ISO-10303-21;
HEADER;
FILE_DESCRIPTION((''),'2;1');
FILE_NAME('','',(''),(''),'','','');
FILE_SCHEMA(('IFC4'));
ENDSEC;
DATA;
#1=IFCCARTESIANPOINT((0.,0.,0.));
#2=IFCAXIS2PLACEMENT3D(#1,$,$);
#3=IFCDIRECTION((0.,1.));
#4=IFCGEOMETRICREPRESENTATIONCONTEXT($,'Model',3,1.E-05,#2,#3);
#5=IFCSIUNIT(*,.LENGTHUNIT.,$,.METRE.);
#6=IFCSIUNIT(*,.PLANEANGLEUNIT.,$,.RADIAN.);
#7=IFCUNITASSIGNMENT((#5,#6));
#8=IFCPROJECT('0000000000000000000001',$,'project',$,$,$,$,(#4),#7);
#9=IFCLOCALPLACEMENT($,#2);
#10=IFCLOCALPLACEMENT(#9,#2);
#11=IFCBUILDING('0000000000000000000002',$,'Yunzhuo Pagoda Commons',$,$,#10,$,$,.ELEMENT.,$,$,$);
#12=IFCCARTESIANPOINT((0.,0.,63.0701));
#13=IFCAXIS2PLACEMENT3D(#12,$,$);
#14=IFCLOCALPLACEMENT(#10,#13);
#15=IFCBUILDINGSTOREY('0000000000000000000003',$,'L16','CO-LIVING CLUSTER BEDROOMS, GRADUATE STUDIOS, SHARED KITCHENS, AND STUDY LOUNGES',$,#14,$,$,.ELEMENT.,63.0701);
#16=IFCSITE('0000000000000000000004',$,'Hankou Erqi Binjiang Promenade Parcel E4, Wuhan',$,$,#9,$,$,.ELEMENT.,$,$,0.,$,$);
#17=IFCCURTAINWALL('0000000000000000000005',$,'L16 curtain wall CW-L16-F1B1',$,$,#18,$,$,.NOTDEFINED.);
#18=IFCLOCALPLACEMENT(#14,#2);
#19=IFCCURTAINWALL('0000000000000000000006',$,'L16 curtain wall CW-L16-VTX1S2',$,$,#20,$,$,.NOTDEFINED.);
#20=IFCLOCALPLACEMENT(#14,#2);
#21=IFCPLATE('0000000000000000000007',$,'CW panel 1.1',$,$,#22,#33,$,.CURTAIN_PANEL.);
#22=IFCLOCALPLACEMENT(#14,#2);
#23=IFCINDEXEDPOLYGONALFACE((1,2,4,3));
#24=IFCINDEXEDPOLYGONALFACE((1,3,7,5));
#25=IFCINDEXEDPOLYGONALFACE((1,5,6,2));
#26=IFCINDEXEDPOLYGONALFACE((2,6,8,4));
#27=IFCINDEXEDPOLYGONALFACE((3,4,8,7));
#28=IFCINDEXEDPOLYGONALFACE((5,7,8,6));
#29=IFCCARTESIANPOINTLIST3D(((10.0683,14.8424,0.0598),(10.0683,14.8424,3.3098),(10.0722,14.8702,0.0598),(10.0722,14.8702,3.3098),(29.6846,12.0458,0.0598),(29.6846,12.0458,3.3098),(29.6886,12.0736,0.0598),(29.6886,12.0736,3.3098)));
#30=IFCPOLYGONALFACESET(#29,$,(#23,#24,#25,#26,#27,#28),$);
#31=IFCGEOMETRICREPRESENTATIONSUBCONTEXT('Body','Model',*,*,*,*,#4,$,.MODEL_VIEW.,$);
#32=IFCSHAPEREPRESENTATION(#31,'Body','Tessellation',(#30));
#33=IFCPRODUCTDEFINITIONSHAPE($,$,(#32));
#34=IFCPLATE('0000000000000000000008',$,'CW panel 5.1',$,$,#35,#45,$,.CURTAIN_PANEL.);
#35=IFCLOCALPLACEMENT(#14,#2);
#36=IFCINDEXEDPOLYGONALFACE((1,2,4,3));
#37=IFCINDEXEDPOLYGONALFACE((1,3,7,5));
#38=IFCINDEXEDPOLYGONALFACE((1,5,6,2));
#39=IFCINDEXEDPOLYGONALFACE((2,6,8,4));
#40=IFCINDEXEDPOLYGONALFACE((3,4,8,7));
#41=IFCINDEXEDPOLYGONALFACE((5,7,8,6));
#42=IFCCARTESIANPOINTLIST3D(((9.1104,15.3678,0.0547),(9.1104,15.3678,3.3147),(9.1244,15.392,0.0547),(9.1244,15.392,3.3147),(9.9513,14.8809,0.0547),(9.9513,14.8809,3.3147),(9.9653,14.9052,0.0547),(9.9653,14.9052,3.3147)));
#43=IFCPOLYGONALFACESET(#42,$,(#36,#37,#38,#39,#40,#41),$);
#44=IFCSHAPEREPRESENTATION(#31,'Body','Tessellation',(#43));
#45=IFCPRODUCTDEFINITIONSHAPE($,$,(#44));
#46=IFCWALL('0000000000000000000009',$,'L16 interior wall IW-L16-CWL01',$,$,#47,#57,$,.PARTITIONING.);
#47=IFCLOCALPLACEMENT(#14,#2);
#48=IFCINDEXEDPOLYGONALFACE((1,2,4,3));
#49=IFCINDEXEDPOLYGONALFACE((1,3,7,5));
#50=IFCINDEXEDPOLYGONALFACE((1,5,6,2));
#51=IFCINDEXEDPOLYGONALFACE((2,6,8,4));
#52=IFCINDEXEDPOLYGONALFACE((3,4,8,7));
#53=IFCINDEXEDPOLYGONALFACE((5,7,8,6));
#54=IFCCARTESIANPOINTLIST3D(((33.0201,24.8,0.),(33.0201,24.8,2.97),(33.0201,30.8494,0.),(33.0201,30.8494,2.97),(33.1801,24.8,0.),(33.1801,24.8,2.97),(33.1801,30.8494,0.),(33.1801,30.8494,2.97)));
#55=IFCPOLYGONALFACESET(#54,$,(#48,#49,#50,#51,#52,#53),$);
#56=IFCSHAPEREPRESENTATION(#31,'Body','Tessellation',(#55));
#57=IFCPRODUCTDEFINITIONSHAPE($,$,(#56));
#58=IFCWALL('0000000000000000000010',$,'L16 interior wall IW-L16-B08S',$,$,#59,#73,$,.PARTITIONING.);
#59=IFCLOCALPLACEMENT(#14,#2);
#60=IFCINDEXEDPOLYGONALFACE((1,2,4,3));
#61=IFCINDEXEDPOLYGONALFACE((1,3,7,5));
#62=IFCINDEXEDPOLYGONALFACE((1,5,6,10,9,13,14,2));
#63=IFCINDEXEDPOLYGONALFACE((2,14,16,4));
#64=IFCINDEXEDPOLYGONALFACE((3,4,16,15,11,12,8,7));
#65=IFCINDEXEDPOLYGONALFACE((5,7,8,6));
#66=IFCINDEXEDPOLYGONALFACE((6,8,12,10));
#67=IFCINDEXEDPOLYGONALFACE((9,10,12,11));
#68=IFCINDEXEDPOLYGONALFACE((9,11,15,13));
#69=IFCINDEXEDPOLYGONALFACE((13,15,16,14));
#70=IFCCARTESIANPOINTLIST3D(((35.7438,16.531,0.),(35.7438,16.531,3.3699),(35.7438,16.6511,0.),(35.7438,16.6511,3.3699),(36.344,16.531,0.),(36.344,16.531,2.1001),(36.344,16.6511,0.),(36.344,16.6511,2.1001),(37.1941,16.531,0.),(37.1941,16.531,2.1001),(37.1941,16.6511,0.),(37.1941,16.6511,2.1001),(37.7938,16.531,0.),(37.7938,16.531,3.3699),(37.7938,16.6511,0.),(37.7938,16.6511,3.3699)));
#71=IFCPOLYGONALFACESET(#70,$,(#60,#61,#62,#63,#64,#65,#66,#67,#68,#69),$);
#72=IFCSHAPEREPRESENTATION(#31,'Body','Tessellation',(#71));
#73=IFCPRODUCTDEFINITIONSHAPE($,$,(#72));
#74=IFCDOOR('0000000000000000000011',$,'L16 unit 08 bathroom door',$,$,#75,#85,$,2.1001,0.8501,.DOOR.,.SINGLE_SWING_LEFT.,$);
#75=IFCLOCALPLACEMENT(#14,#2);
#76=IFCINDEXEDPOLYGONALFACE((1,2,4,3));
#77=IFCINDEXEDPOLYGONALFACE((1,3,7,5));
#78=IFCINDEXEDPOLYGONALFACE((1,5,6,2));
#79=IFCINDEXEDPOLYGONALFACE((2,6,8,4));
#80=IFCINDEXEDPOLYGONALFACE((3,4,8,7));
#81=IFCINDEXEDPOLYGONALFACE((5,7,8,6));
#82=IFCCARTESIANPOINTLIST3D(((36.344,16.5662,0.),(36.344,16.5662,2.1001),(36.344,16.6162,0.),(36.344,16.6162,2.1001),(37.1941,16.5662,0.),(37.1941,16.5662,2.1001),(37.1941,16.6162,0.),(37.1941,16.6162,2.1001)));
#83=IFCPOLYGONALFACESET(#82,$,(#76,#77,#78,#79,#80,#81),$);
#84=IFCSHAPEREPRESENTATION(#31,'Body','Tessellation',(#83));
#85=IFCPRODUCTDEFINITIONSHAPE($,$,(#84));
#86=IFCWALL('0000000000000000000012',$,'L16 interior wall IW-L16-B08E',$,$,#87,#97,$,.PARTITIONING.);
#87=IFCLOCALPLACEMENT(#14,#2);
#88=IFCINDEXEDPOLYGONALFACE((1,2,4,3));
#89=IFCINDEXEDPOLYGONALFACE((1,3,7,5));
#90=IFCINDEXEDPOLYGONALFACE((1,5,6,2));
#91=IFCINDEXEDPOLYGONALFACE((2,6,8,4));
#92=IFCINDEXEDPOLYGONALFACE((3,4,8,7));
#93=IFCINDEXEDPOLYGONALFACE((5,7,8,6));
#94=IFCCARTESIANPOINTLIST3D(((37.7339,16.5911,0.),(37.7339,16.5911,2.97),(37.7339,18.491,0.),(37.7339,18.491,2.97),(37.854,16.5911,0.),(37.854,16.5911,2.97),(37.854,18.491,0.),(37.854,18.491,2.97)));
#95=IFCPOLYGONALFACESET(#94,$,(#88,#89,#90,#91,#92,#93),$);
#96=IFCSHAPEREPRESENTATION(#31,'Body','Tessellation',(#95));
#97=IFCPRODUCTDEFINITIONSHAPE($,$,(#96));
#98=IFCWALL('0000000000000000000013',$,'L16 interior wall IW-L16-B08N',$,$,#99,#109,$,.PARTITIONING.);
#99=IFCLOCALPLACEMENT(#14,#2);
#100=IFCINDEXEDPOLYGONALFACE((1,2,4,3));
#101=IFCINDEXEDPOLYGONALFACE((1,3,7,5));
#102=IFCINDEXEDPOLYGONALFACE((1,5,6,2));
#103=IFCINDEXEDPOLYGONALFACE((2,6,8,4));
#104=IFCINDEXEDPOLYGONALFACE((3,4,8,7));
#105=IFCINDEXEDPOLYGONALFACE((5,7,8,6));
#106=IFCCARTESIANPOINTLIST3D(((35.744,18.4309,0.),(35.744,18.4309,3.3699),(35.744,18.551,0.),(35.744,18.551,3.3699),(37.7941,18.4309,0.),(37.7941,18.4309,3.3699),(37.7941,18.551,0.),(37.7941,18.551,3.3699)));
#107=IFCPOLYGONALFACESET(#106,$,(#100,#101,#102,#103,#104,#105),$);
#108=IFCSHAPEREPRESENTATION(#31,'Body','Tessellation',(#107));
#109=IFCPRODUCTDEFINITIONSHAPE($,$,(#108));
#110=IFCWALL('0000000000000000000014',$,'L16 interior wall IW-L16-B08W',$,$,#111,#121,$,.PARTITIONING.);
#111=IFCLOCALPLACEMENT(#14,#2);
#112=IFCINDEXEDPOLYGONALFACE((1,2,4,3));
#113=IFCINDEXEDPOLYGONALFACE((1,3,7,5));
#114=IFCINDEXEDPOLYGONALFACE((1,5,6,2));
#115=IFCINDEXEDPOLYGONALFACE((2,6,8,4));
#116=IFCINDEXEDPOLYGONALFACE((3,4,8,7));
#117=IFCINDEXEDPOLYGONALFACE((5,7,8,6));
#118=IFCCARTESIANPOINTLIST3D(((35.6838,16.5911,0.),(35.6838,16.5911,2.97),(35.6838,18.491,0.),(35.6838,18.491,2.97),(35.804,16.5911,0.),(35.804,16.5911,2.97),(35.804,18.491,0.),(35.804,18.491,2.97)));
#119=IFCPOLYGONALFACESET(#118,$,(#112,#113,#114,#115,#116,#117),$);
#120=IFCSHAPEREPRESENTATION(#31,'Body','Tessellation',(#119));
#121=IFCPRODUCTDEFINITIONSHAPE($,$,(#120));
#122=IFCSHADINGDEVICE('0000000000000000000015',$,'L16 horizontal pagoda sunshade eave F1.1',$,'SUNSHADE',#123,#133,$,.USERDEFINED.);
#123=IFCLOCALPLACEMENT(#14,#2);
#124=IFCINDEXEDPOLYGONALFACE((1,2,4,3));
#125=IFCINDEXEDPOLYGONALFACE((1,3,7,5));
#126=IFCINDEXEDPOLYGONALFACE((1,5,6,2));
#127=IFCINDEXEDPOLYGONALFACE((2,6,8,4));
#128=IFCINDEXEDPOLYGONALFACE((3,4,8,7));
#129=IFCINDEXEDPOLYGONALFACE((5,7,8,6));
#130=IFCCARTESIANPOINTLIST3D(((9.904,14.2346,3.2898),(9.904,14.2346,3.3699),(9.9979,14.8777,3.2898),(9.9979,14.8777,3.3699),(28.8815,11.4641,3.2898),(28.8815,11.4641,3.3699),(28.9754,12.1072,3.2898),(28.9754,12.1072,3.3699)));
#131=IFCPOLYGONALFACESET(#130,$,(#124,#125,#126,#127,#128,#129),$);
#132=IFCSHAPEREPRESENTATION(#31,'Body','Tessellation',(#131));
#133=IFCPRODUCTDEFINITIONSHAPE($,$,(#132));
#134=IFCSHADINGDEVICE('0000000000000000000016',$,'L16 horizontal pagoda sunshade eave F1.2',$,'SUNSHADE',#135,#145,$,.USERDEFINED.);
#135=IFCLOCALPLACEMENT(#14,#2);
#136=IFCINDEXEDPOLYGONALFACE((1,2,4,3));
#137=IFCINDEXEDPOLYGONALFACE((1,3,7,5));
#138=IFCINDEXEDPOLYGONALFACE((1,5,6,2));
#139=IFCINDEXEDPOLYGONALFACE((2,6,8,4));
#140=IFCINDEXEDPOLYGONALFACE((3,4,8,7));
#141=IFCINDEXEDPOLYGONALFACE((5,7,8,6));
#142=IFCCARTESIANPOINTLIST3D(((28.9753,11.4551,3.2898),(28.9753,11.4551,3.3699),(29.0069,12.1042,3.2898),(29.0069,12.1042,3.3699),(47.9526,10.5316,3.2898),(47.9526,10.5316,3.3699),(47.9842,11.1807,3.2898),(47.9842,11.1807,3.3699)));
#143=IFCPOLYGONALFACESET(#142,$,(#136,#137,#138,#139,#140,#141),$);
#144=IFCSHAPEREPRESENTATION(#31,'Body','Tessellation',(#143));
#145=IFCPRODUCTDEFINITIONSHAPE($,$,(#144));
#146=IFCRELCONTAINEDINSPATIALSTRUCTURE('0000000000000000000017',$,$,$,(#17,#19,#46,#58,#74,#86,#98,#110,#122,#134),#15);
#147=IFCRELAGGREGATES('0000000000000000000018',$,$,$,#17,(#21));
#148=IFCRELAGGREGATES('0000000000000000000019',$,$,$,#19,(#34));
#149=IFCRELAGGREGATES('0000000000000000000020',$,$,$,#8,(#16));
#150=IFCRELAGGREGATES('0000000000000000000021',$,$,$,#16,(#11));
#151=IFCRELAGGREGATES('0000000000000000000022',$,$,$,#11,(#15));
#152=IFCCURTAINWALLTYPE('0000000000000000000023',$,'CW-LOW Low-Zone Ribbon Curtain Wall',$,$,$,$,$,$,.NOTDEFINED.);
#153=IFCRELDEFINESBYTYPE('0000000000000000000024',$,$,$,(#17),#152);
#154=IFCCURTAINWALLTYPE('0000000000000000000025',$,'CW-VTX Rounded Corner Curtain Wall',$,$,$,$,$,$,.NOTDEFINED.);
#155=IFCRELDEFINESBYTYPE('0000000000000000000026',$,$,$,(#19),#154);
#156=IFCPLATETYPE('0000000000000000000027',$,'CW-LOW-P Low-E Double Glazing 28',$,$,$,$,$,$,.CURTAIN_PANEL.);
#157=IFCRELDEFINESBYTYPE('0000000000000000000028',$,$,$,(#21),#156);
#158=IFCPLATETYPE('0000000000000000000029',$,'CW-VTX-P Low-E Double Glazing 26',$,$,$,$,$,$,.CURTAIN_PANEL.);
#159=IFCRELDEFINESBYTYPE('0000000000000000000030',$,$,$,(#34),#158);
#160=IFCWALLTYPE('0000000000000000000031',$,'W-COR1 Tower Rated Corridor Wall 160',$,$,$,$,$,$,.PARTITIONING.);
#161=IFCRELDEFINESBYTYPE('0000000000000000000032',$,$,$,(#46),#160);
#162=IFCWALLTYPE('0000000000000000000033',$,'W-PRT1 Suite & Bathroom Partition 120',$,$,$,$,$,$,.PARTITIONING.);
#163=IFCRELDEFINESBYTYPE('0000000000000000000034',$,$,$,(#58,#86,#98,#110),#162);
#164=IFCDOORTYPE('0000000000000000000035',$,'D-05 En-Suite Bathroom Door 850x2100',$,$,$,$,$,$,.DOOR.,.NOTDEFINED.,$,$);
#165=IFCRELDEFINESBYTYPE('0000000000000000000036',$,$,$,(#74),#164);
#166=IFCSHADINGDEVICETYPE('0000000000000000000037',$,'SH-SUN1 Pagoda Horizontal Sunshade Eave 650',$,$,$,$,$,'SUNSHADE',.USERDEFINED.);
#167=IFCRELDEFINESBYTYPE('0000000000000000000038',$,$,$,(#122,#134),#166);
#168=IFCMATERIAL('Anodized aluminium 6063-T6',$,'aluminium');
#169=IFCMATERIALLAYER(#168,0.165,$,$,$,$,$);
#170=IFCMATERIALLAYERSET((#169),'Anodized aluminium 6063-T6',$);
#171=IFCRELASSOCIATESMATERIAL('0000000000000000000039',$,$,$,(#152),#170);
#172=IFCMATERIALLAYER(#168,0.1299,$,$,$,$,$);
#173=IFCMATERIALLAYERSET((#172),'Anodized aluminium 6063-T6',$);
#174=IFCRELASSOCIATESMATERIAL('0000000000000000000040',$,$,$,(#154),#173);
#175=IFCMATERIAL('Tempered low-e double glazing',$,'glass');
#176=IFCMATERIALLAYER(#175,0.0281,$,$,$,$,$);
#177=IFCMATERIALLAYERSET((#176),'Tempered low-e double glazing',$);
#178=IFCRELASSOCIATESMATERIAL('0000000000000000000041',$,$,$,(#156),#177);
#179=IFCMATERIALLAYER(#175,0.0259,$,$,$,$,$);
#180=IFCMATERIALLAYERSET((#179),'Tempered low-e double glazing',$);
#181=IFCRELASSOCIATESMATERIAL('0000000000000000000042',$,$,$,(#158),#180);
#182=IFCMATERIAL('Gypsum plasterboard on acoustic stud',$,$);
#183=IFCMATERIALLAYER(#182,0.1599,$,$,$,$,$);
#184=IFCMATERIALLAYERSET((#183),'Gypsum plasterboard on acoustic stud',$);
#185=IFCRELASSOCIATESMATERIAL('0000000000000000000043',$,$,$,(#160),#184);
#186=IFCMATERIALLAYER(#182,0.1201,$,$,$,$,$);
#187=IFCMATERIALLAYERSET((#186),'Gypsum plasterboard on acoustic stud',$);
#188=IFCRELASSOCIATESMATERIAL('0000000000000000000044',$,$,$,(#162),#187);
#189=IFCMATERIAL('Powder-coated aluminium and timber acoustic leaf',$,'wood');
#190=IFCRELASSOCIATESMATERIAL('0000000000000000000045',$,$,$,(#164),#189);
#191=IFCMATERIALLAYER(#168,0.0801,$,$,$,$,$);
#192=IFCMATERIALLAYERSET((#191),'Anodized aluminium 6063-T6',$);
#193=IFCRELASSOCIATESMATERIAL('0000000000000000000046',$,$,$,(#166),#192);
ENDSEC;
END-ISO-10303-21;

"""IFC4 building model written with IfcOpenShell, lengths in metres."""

from ifc_helpers import new_model, si_unit, direction, frame, frame_2d, origin, origin_2d, place, context, subcontext, project, spatial, rectangle, extrude, source, transform, mapped, material, layer, layer_set, type_object, element, fill, aggregate, save


model = new_model("IFC4")

# Units and contexts
model_context = context("Model", 3, precision=1e-05, world=origin(), true_north=direction((0.0, 1.0)))
body_context = subcontext(model_context, "Body", "Model", "MODEL_VIEW")
ifc_project = project(units=[si_unit("LENGTHUNIT", "METRE"), si_unit("PLANEANGLEUNIT", "RADIAN")], contexts=[model_context])

# Site, building, storey
site_placement = place(None, origin())
site = spatial("IfcSite", under=ifc_project, at=site_placement, Name="Hankou Erqi Binjiang Promenade Parcel E4, Wuhan", CompositionType="ELEMENT", RefElevation=0.0)
building_placement = place(site_placement, origin())
building = spatial("IfcBuilding", under=site, at=building_placement, Name="Yunzhuo Pagoda Commons", CompositionType="ELEMENT")
storey_placement = place(building_placement, frame((0.0, 0.0, 63.0701)))
storey = spatial("IfcBuildingStorey", under=building, at=storey_placement, Name="L16", Description="CO-LIVING CLUSTER BEDROOMS, GRADUATE STUDIOS, SHARED KITCHENS, AND STUDY LOUNGES", CompositionType="ELEMENT", Elevation=63.0701)

# Shared definitions
ifc_material_1 = material(Name="Anodized aluminium 6063-T6", Category="aluminium")
ifc_layer_1 = layer(ifc_material_1, 0.165)
ifc_layer_set_1 = layer_set([ifc_layer_1], Name="Anodized aluminium 6063-T6")
curtain_wall_type_1 = type_object("IfcCurtainWallType", Name="CW-LOW Low-Zone Ribbon Curtain Wall", PredefinedType="NOTDEFINED", material=ifc_layer_set_1)

# Curtain wall
curtain_wall_1_placement = place(storey_placement, origin())
curtain_wall_1 = element("IfcCurtainWall", 1, at=curtain_wall_1_placement, inside=storey, type_object=curtain_wall_type_1, Name="L16 curtain wall CW-L16-F1B1", PredefinedType="NOTDEFINED")

# Curtain wall
ifc_layer_2 = layer(ifc_material_1, 0.1299)
ifc_layer_set_2 = layer_set([ifc_layer_2], Name="Anodized aluminium 6063-T6")
curtain_wall_type_2 = type_object("IfcCurtainWallType", Name="CW-VTX Rounded Corner Curtain Wall", PredefinedType="NOTDEFINED", material=ifc_layer_set_2)
curtain_wall_2_placement = place(storey_placement, origin())
curtain_wall_2 = element("IfcCurtainWall", 2, at=curtain_wall_2_placement, inside=storey, type_object=curtain_wall_type_2, Name="L16 curtain wall CW-L16-VTX1S2", PredefinedType="NOTDEFINED")

# Shared definitions
ifc_material_2 = material(Name="Tempered low-e double glazing", Category="glass")
ifc_layer_3 = layer(ifc_material_2, 0.0281)
ifc_layer_set_3 = layer_set([ifc_layer_3], Name="Tempered low-e double glazing")
plate_type_1 = type_object("IfcPlateType", Name="CW-LOW-P Low-E Double Glazing 28", PredefinedType="CURTAIN_PANEL", material=ifc_layer_set_3)

# Plates
shared_shape_1 = source(origin(), body_context, "Body", "SweptSolid", [
    extrude(rectangle(XDim=19.8147, YDim=0.0281, at=origin_2d()), origin(), (0.0, 0.0, 1.0), 3.25),
])
plate_1_placement = place(storey_placement, frame((19.8784, 13.458, 0.0598), z_axis=(0.0, 0.0, 1.0), x_axis=(0.98999, -0.14114, 0.0)))
plate_1 = element("IfcPlate", 3, at=plate_1_placement, type_object=plate_type_1, Name="CW panel 1.1", PredefinedType="CURTAIN_PANEL", context=body_context, shape_type="MappedRepresentation", body=[
    mapped(shared_shape_1, transform((0.0, 0.0, 0.0), scale=1.0)),
])
aggregate(curtain_wall_1, [plate_1])
ifc_layer_4 = layer(ifc_material_2, 0.0259)
ifc_layer_set_4 = layer_set([ifc_layer_4], Name="Tempered low-e double glazing")
plate_type_2 = type_object("IfcPlateType", Name="CW-VTX-P Low-E Double Glazing 26", PredefinedType="CURTAIN_PANEL", material=ifc_layer_set_4)
shared_shape_2 = source(origin(), body_context, "Body", "SweptSolid", [
    extrude(rectangle(XDim=0.9717, YDim=0.0281, at=origin_2d()), origin(), (0.0, 0.0, 1.0), 3.26),
])
plate_2_placement = place(storey_placement, frame((9.5378, 15.1365, 0.0547), z_axis=(0.0, 0.0, 1.0), x_axis=(0.865425, -0.501039, 0.0)))
plate_2 = element("IfcPlate", 4, at=plate_2_placement, type_object=plate_type_2, Name="CW panel 5.1", PredefinedType="CURTAIN_PANEL", context=body_context, shape_type="MappedRepresentation", body=[
    mapped(shared_shape_2, transform((0.0, 0.0, 0.0), scale=1.0)),
])
aggregate(curtain_wall_2, [plate_2])

# Wall
ifc_material_3 = material(Name="Gypsum plasterboard on acoustic stud")
ifc_layer_5 = layer(ifc_material_3, 0.1599)
ifc_layer_set_5 = layer_set([ifc_layer_5], Name="Gypsum plasterboard on acoustic stud")
wall_type_1 = type_object("IfcWallType", Name="W-COR1 Tower Rated Corridor Wall 160", PredefinedType="PARTITIONING", material=ifc_layer_set_5)
wall_1_placement = place(storey_placement, frame((33.1001, 24.8, 0.0), z_axis=(0.0, 0.0, 1.0), x_axis=(0.0, 1.0, 0.0)))
element("IfcWall", 5, at=wall_1_placement, inside=storey, type_object=wall_type_1, Name="L16 interior wall IW-L16-CWL01", PredefinedType="PARTITIONING", context=body_context, shape_type="SweptSolid", body=[
    extrude(rectangle(XDim=6.0493, YDim=0.1599, at=frame_2d((3.0247, 0.0))), origin(), (0.0, 0.0, 1.0), 2.97),
])

# Wall, opening, door
ifc_layer_6 = layer(ifc_material_3, 0.1201)
ifc_layer_set_6 = layer_set([ifc_layer_6], Name="Gypsum plasterboard on acoustic stud")
wall_type_2 = type_object("IfcWallType", Name="W-PRT1 Suite & Bathroom Partition 120", PredefinedType="PARTITIONING", material=ifc_layer_set_6)
wall_2_placement = place(storey_placement, frame((35.7439, 16.5911, 0.0), z_axis=(0.0, 0.0, 1.0), x_axis=(1.0, 0.0, 0.0)))
wall_2 = element("IfcWall", 6, at=wall_2_placement, inside=storey, type_object=wall_type_2, Name="L16 interior wall IW-L16-B08S", PredefinedType="PARTITIONING", context=body_context, shape_type="SweptSolid", body=[
    extrude(rectangle(XDim=2.05, YDim=0.1201, at=frame_2d((1.0249, 0.0))), origin(), (0.0, 0.0, 1.0), 3.3699),
])
opening_placement = place(wall_2_placement, frame((0.6001, 0.0, 0.0)))
opening = element("IfcOpeningElement", 7, at=opening_placement, cuts=wall_2, PredefinedType="OPENING", context=body_context, shape_type="SweptSolid", body=[
    extrude(rectangle(XDim=0.8501, YDim=2.1001, at=frame_2d((0.425, 1.05))), frame((0.0, 0.0701, 0.0), z_axis=(0.0, -1.0, 0.0), x_axis=(1.0, 0.0, 0.0)), (0.0, 0.0, 1.0), 0.1401),
])
ifc_material_4 = material(Name="Powder-coated aluminium and timber acoustic leaf", Category="wood")
door_type = type_object("IfcDoorType", Name="D-05 En-Suite Bathroom Door 850x2100", OperationType="NOTDEFINED", PredefinedType="DOOR", material=ifc_material_4)
shared_shape_3 = source(origin(), body_context, "Body", "SweptSolid", [
    extrude(rectangle(XDim=0.8501, YDim=2.1001, at=frame_2d((0.425, 1.05))), frame((0.0, 0.0249, 0.0), z_axis=(0.0, -1.0, 0.0), x_axis=(1.0, 0.0, 0.0)), (0.0, 0.0, 1.0), 0.05),
])
door_placement = place(opening_placement, frame((0.8501, 0.0, 0.0), z_axis=(0.0, 0.0, 1.0), x_axis=(-1.0, 0.0, 0.0)))
door = element("IfcDoor", 8, at=door_placement, inside=storey, type_object=door_type, Name="L16 unit 08 bathroom door", OperationType="SINGLE_SWING_LEFT", OverallHeight=2.1001, OverallWidth=0.8501, PredefinedType="DOOR", context=body_context, shape_type="MappedRepresentation", body=[
    mapped(shared_shape_3, transform((0.0, 0.0, 0.0), scale=1.0)),
])
fill(opening, door)

# Walls
wall_3_placement = place(storey_placement, frame((37.7939, 16.5911, 0.0), z_axis=(0.0, 0.0, 1.0), x_axis=(0.0, 1.0, 0.0)))
element("IfcWall", 9, at=wall_3_placement, inside=storey, type_object=wall_type_2, Name="L16 interior wall IW-L16-B08E", PredefinedType="PARTITIONING", context=body_context, shape_type="SweptSolid", body=[
    extrude(rectangle(XDim=1.8999, YDim=0.1201, at=frame_2d((0.95, 0.0))), origin(), (0.0, 0.0, 1.0), 2.97),
])
wall_4_placement = place(storey_placement, frame((37.7939, 18.491, 0.0), z_axis=(0.0, 0.0, 1.0), x_axis=(-1.0, 0.0, 0.0)))
element("IfcWall", 10, at=wall_4_placement, inside=storey, type_object=wall_type_2, Name="L16 interior wall IW-L16-B08N", PredefinedType="PARTITIONING", context=body_context, shape_type="SweptSolid", body=[
    extrude(rectangle(XDim=2.05, YDim=0.1201, at=frame_2d((1.0249, 0.0))), origin(), (0.0, 0.0, 1.0), 3.3699),
])
wall_5_placement = place(storey_placement, frame((35.7439, 18.491, 0.0), z_axis=(0.0, 0.0, 1.0), x_axis=(0.0, -1.0, 0.0)))
element("IfcWall", 11, at=wall_5_placement, inside=storey, type_object=wall_type_2, Name="L16 interior wall IW-L16-B08W", PredefinedType="PARTITIONING", context=body_context, shape_type="SweptSolid", body=[
    extrude(rectangle(XDim=1.8999, YDim=0.1201, at=frame_2d((0.95, 0.0))), origin(), (0.0, 0.0, 1.0), 2.97),
])

# Shading devices
ifc_layer_7 = layer(ifc_material_1, 0.0801)
ifc_layer_set_7 = layer_set([ifc_layer_7], Name="Anodized aluminium 6063-T6")
shading_device_type = type_object("IfcShadingDeviceType", Name="SH-SUN1 Pagoda Horizontal Sunshade Eave 650", ElementType="SUNSHADE", PredefinedType="USERDEFINED", material=ifc_layer_set_7)
shared_shape_4 = source(origin(), body_context, "Body", "SweptSolid", [
    extrude(rectangle(XDim=19.1787, YDim=0.6499, at=origin_2d()), origin(), (0.0, 0.0, 1.0), 0.0801),
])
shading_device_1_placement = place(storey_placement, frame((19.4397, 13.1709, 3.2898), z_axis=(0.0, 0.0, 1.0), x_axis=(0.989511, -0.14446, 0.0)))
element("IfcShadingDevice", 12, at=shading_device_1_placement, inside=storey, type_object=shading_device_type, Name="L16 horizontal pagoda sunshade eave F1.1", ObjectType="SUNSHADE", PredefinedType="USERDEFINED", context=body_context, shape_type="MappedRepresentation", body=[
    mapped(shared_shape_4, transform((0.0, 0.0, 0.0), scale=1.0)),
])
shared_shape_5 = source(origin(), body_context, "Body", "SweptSolid", [
    extrude(rectangle(XDim=18.9998, YDim=0.6499, at=origin_2d()), origin(), (0.0, 0.0, 1.0), 0.0801),
])
shading_device_2_placement = place(storey_placement, frame((38.4797, 11.3179, 3.2898), z_axis=(0.0, 0.0, 1.0), x_axis=(0.998818, -0.048606, 0.0)))
element("IfcShadingDevice", 13, at=shading_device_2_placement, inside=storey, type_object=shading_device_type, Name="L16 horizontal pagoda sunshade eave F1.2", ObjectType="SUNSHADE", PredefinedType="USERDEFINED", context=body_context, shape_type="MappedRepresentation", body=[
    mapped(shared_shape_5, transform((0.0, 0.0, 0.0), scale=1.0)),
])

save(model, "model.ifc")
